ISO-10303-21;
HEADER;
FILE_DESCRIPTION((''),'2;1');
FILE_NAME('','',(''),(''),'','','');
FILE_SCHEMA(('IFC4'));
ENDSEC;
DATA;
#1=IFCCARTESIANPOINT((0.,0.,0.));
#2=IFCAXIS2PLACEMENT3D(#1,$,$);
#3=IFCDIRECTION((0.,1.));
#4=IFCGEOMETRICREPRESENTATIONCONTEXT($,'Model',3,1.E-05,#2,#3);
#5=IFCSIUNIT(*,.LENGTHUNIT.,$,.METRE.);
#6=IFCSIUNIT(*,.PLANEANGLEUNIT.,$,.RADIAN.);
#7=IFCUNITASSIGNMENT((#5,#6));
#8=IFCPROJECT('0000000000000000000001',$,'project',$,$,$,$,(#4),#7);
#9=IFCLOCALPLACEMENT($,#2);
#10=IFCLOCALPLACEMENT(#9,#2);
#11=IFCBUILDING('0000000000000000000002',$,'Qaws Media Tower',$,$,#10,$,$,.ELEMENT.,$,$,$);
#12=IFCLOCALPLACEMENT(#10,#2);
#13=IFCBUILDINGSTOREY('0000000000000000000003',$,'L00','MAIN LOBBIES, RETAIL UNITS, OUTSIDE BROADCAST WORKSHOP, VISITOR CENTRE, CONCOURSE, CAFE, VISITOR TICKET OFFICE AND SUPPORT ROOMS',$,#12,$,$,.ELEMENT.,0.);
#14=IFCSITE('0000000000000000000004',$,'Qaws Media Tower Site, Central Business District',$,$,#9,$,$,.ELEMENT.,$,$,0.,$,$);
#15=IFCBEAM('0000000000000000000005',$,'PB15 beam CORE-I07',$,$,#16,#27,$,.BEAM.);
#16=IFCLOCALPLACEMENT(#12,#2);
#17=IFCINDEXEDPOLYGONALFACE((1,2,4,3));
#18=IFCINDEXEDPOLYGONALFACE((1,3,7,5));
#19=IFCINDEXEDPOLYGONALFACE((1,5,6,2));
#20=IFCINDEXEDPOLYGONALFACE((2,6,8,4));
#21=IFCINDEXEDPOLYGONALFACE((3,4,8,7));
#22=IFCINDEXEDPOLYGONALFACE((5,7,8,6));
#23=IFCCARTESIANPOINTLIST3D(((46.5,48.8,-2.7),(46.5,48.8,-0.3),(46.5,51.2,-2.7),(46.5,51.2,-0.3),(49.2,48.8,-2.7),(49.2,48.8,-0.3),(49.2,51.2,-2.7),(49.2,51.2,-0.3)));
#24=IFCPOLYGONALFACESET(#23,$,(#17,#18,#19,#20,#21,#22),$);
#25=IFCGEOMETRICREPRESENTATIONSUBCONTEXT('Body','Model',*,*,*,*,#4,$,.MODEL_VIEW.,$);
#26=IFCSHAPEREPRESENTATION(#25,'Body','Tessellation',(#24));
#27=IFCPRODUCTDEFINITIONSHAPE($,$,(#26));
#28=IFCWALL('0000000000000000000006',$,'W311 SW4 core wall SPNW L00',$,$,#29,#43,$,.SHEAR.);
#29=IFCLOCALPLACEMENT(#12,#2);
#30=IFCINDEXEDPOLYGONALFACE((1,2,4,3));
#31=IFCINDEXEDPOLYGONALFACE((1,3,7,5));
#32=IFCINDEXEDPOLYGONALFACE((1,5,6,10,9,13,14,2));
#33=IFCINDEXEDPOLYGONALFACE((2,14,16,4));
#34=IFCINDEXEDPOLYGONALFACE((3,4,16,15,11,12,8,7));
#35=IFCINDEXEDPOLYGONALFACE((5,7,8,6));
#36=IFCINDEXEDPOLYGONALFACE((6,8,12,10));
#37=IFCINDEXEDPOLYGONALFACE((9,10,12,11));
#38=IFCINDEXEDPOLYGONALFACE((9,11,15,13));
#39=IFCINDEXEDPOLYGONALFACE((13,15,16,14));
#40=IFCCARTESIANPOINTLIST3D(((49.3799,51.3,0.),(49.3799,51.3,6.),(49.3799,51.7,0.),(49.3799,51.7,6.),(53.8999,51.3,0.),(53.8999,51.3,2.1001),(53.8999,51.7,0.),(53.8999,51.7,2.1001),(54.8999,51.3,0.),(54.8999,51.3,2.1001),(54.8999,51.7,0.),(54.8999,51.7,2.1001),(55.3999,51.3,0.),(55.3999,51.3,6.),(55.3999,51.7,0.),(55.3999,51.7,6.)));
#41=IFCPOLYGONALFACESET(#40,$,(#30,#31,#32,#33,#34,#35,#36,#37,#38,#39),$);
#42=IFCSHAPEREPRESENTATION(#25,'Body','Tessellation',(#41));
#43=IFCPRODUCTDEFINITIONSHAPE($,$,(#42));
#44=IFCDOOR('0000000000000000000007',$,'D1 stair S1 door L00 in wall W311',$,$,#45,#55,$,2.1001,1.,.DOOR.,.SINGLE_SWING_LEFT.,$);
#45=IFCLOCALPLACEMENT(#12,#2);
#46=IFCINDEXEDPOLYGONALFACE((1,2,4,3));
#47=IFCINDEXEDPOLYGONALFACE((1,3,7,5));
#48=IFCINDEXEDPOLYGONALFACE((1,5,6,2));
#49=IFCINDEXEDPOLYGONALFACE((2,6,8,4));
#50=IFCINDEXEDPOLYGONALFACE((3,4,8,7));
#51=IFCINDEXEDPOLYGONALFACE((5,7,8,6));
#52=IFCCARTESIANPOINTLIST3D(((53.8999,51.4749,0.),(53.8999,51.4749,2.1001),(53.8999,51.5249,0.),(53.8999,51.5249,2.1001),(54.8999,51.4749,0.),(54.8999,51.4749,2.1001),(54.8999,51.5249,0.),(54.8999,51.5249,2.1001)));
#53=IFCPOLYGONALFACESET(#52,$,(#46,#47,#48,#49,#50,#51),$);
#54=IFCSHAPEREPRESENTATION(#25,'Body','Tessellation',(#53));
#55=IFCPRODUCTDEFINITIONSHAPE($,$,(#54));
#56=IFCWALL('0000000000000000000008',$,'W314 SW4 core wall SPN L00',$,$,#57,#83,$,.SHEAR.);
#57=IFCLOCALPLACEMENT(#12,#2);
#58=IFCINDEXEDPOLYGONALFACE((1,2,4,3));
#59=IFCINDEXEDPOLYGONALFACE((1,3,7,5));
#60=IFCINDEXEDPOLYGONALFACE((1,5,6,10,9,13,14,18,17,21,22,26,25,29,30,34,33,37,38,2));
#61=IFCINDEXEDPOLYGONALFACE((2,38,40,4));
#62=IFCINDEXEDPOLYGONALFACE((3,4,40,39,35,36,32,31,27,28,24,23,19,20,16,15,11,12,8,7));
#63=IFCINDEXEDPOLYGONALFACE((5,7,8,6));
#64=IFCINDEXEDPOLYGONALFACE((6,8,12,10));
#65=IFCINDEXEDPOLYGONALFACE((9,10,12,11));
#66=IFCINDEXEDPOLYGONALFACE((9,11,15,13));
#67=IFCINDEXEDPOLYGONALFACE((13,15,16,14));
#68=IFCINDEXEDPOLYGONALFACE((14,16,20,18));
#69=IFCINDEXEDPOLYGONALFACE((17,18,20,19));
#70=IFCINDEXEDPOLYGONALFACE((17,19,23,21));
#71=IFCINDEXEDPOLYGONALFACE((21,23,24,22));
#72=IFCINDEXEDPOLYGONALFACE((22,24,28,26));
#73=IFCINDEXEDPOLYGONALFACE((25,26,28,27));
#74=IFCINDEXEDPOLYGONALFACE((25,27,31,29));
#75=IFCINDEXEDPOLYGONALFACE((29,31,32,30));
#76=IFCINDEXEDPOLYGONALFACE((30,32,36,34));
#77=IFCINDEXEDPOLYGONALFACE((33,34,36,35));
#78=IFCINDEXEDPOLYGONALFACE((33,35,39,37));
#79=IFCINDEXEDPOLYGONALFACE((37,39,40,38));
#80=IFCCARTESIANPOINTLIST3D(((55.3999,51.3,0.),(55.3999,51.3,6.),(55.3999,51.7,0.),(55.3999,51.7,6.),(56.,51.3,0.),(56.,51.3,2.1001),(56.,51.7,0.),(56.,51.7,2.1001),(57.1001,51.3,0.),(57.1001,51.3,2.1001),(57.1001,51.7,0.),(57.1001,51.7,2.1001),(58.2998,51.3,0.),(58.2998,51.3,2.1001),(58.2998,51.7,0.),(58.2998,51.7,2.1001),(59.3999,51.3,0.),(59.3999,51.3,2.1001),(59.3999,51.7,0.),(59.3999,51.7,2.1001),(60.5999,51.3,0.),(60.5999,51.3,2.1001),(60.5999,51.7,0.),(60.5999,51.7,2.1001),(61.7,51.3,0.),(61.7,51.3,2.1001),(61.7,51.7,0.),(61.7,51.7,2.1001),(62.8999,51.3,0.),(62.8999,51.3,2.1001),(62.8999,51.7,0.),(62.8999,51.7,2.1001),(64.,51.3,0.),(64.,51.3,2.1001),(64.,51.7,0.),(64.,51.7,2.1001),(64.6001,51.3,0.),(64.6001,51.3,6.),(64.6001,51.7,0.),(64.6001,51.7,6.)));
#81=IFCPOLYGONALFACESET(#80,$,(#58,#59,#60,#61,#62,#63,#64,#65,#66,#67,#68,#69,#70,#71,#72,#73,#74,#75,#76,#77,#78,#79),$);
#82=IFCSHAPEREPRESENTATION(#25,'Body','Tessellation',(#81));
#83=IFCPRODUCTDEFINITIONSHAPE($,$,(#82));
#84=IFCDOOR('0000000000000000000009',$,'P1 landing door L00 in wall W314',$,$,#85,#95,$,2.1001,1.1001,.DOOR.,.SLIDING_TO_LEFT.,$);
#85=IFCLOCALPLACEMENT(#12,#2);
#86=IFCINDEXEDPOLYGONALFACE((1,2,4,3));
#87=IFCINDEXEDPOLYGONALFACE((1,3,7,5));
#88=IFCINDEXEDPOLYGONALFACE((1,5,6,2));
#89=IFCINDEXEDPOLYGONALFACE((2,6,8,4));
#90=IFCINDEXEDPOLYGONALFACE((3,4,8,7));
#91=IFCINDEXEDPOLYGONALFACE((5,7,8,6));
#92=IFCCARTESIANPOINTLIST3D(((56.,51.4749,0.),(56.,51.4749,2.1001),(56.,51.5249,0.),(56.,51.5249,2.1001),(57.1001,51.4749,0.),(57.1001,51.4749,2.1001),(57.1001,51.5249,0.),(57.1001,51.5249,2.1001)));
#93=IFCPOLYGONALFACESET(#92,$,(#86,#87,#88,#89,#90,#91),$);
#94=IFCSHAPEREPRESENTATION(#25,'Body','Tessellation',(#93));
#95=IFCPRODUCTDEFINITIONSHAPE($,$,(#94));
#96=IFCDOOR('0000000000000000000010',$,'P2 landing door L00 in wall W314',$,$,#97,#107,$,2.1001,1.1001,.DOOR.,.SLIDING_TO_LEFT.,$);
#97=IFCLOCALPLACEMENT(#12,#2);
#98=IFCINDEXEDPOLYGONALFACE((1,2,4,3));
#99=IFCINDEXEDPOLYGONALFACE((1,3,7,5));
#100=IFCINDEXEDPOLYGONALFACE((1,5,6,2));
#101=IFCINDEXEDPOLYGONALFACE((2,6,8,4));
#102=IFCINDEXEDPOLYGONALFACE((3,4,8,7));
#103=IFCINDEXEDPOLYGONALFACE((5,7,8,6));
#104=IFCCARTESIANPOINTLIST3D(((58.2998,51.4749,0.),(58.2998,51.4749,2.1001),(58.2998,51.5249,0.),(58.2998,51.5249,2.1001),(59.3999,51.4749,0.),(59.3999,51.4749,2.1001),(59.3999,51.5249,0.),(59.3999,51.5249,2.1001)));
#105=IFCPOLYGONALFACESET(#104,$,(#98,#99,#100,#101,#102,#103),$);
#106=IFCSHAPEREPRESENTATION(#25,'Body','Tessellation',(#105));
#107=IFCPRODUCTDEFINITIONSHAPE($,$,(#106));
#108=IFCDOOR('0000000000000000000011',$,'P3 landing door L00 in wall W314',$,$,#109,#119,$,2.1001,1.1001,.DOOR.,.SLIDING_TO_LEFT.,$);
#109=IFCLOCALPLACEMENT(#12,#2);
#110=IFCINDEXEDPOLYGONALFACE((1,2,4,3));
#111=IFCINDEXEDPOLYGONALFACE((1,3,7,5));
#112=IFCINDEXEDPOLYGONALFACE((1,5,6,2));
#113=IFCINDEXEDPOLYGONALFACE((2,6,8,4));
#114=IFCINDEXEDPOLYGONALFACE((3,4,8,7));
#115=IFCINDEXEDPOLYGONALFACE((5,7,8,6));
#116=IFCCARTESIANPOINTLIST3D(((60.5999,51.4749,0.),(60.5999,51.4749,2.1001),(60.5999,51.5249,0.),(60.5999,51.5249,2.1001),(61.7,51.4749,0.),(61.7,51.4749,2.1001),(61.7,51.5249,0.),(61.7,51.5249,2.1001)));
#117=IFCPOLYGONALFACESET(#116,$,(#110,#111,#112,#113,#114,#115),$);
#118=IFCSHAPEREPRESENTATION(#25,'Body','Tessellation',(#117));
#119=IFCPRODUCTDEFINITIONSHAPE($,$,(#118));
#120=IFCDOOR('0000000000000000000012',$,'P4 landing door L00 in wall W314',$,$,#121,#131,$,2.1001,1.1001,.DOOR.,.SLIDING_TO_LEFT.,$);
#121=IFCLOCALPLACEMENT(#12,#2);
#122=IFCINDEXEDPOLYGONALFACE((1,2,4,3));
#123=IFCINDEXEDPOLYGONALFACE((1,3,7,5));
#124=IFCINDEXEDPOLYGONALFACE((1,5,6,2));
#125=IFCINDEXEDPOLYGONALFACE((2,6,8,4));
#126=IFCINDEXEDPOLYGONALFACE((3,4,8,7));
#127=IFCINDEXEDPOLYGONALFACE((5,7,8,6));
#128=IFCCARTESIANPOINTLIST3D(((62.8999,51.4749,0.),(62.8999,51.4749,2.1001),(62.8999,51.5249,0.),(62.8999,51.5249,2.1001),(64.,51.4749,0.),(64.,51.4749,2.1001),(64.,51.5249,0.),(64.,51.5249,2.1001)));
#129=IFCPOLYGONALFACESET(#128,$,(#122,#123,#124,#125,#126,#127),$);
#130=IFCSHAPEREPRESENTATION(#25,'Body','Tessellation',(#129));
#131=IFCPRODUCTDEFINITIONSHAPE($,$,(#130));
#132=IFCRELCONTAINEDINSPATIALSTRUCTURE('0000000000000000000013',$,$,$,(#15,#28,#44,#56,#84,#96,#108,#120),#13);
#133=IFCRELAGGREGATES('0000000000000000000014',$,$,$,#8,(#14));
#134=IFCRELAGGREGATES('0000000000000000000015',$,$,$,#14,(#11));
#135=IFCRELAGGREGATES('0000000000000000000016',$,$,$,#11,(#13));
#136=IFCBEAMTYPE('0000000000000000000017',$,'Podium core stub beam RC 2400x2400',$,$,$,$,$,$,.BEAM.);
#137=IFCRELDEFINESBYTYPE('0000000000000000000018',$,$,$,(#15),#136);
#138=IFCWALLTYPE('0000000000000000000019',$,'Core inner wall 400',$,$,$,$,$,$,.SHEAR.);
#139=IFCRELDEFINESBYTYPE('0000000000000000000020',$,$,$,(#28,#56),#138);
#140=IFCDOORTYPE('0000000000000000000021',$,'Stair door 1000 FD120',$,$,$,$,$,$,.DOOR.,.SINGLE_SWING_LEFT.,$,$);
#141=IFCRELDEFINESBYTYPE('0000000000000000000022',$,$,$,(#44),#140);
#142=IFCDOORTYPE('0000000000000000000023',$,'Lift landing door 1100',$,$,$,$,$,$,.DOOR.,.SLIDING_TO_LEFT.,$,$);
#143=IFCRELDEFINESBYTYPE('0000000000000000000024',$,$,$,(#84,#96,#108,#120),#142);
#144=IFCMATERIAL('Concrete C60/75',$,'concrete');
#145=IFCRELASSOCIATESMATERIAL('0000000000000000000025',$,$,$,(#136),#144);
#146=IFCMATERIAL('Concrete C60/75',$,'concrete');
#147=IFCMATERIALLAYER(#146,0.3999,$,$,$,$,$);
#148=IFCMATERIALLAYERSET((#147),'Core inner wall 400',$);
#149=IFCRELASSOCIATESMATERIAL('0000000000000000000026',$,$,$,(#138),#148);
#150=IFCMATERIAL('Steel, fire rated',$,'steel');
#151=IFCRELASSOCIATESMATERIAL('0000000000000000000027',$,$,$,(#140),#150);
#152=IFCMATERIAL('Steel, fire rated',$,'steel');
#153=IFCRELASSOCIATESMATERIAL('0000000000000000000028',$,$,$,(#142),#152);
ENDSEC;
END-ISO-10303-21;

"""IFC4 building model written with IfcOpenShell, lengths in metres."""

from ifc_helpers import new_model, si_unit, direction, frame, frame_2d, origin, origin_2d, place, context, subcontext, project, spatial, rectangle, extrude, material, layer, layer_set, material_profile, profile_set, type_object, element, fill, save


model = new_model("IFC4")

# Units and contexts
model_context = context("Model", 3, precision=1e-05, world=origin(), true_north=direction((0.0, 1.0)))
body_context = subcontext(model_context, "Body", "Model", "MODEL_VIEW")
ifc_project = project(units=[si_unit("LENGTHUNIT", "METRE"), si_unit("PLANEANGLEUNIT", "RADIAN")], contexts=[model_context])

# Site, building, storey
site_placement = place(None, origin())
site = spatial("IfcSite", under=ifc_project, at=site_placement, Name="Qaws Media Tower Site, Central Business District", CompositionType="ELEMENT", RefElevation=0.0)
building_placement = place(site_placement, origin())
building = spatial("IfcBuilding", under=site, at=building_placement, Name="Qaws Media Tower", CompositionType="ELEMENT")
storey_placement = place(building_placement, origin())
storey = spatial("IfcBuildingStorey", under=building, at=storey_placement, Name="L00", Description="MAIN LOBBIES, RETAIL UNITS, OUTSIDE BROADCAST WORKSHOP, VISITOR CENTRE, CONCOURSE, CAFE, VISITOR TICKET OFFICE AND SUPPORT ROOMS", CompositionType="ELEMENT", Elevation=0.0)

# Beam
ifc_material_1 = material(Name="Concrete C60/75", Category="concrete")
ifc_material_profile = material_profile(ifc_material_1, rectangle(XDim=2.3999, YDim=2.3999, at=origin_2d()), Name="RC 2400x2400")
ifc_profile_set = profile_set([ifc_material_profile], Name="Concrete C60/75")
beam_type = type_object("IfcBeamType", Name="Podium core stub beam RC 2400x2400", PredefinedType="BEAM", material=ifc_profile_set)
beam_placement = place(storey_placement, frame((49.2, 50.0, -1.5), z_axis=(-1.0, 0.0, 0.0), x_axis=(0.0, -1.0, 0.0)))
element("IfcBeam", 1, at=beam_placement, inside=storey, type_object=beam_type, Name="PB15 beam CORE-I07", PredefinedType="BEAM", context=body_context, shape_type="SweptSolid", body=[
    extrude(rectangle(XDim=2.3999, YDim=2.3999, at=origin_2d()), origin(), (0.0, 0.0, 1.0), 2.7),
])

# Wall, opening, door
ifc_material_2 = material(Name="Concrete C60/75", Category="concrete")
ifc_layer_1 = layer(ifc_material_2, 0.3999)
ifc_layer_set_1 = layer_set([ifc_layer_1], Name="Core inner wall 400")
wall_type_1 = type_object("IfcWallType", Name="Core inner wall 400", PredefinedType="SHEAR", material=ifc_layer_set_1)
wall_1_placement = place(storey_placement, frame((49.3799, 51.5, 0.0), z_axis=(0.0, 0.0, 1.0), x_axis=(1.0, 0.0, 0.0)))
wall_1 = element("IfcWall", 2, at=wall_1_placement, inside=storey, type_object=wall_type_1, Name="W311 SW4 core wall SPNW L00", PredefinedType="SHEAR", context=body_context, shape_type="SweptSolid", body=[
    extrude(rectangle(XDim=6.02, YDim=0.3999, at=frame_2d((3.01, 0.0))), origin(), (0.0, 0.0, 1.0), 6.0),
])
opening_1_placement = place(wall_1_placement, frame((4.52, 0.0, 0.0)))
opening_1 = element("IfcOpeningElement", 3, at=opening_1_placement, cuts=wall_1, PredefinedType="OPENING", context=body_context, shape_type="SweptSolid", body=[
    extrude(rectangle(XDim=1.0, YDim=2.1001, at=frame_2d((0.5, 1.05))), frame((0.0, 0.21, 0.0), z_axis=(0.0, -1.0, 0.0), x_axis=(1.0, 0.0, 0.0)), (0.0, 0.0, 1.0), 0.4199),
])
ifc_material_3 = material(Name="Steel, fire rated", Category="steel")
door_type_1 = type_object("IfcDoorType", Name="Stair door 1000 FD120", OperationType="SINGLE_SWING_LEFT", PredefinedType="DOOR", material=ifc_material_3)
door_1_placement = place(opening_1_placement, origin())
door_1 = element("IfcDoor", 4, at=door_1_placement, inside=storey, type_object=door_type_1, Name="D1 stair S1 door L00 in wall W311", OperationType="SINGLE_SWING_LEFT", OverallHeight=2.1001, OverallWidth=1.0, PredefinedType="DOOR", context=body_context, shape_type="SweptSolid", body=[
    extrude(rectangle(XDim=1.0, YDim=2.1001, at=frame_2d((0.5, 1.05))), frame((0.0, 0.0249, 0.0), z_axis=(0.0, -1.0, 0.0), x_axis=(1.0, 0.0, 0.0)), (0.0, 0.0, 1.0), 0.05),
])
fill(opening_1, door_1)

# Wall, openings, doors
wall_2_placement = place(storey_placement, frame((55.3999, 51.5, 0.0), z_axis=(0.0, 0.0, 1.0), x_axis=(1.0, 0.0, 0.0)))
wall_2 = element("IfcWall", 5, at=wall_2_placement, inside=storey, type_object=wall_type_1, Name="W314 SW4 core wall SPN L00", PredefinedType="SHEAR", context=body_context, shape_type="SweptSolid", body=[
    extrude(rectangle(XDim=9.2002, YDim=0.3999, at=frame_2d((4.6001, 0.0))), origin(), (0.0, 0.0, 1.0), 6.0),
])
opening_2_placement = place(wall_2_placement, frame((0.6001, 0.0, 0.0)))
opening_2 = element("IfcOpeningElement", 6, at=opening_2_placement, cuts=wall_2, PredefinedType="OPENING", context=body_context, shape_type="SweptSolid", body=[
    extrude(rectangle(XDim=1.1001, YDim=2.1001, at=frame_2d((0.55, 1.05))), frame((0.0, 0.21, 0.0), z_axis=(0.0, -1.0, 0.0), x_axis=(1.0, 0.0, 0.0)), (0.0, 0.0, 1.0), 0.4199),
])
opening_3_placement = place(wall_2_placement, frame((2.8999, 0.0, 0.0)))
opening_3 = element("IfcOpeningElement", 7, at=opening_3_placement, cuts=wall_2, PredefinedType="OPENING", context=body_context, shape_type="SweptSolid", body=[
    extrude(rectangle(XDim=1.1001, YDim=2.1001, at=frame_2d((0.55, 1.05))), frame((0.0, 0.21, 0.0), z_axis=(0.0, -1.0, 0.0), x_axis=(1.0, 0.0, 0.0)), (0.0, 0.0, 1.0), 0.4199),
])
opening_4_placement = place(wall_2_placement, frame((5.2, 0.0, 0.0)))
opening_4 = element("IfcOpeningElement", 8, at=opening_4_placement, cuts=wall_2, PredefinedType="OPENING", context=body_context, shape_type="SweptSolid", body=[
    extrude(rectangle(XDim=1.1001, YDim=2.1001, at=frame_2d((0.55, 1.05))), frame((0.0, 0.21, 0.0), z_axis=(0.0, -1.0, 0.0), x_axis=(1.0, 0.0, 0.0)), (0.0, 0.0, 1.0), 0.4199),
])
opening_5_placement = place(wall_2_placement, frame((7.5, 0.0, 0.0)))
opening_5 = element("IfcOpeningElement", 9, at=opening_5_placement, cuts=wall_2, PredefinedType="OPENING", context=body_context, shape_type="SweptSolid", body=[
    extrude(rectangle(XDim=1.1001, YDim=2.1001, at=frame_2d((0.55, 1.05))), frame((0.0, 0.21, 0.0), z_axis=(0.0, -1.0, 0.0), x_axis=(1.0, 0.0, 0.0)), (0.0, 0.0, 1.0), 0.4199),
])
ifc_material_4 = material(Name="Steel, fire rated", Category="steel")
door_type_2 = type_object("IfcDoorType", Name="Lift landing door 1100", OperationType="SLIDING_TO_LEFT", PredefinedType="DOOR", material=ifc_material_4)
door_2_placement = place(opening_2_placement, origin())
door_2 = element("IfcDoor", 10, at=door_2_placement, inside=storey, type_object=door_type_2, Name="P1 landing door L00 in wall W314", OperationType="SLIDING_TO_LEFT", OverallHeight=2.1001, OverallWidth=1.1001, PredefinedType="DOOR", context=body_context, shape_type="SweptSolid", body=[
    extrude(rectangle(XDim=1.1001, YDim=2.1001, at=frame_2d((0.55, 1.05))), frame((0.0, 0.0249, 0.0), z_axis=(0.0, -1.0, 0.0), x_axis=(1.0, 0.0, 0.0)), (0.0, 0.0, 1.0), 0.05),
])
fill(opening_2, door_2)
door_3_placement = place(opening_3_placement, origin())
door_3 = element("IfcDoor", 11, at=door_3_placement, inside=storey, type_object=door_type_2, Name="P2 landing door L00 in wall W314", OperationType="SLIDING_TO_LEFT", OverallHeight=2.1001, OverallWidth=1.1001, PredefinedType="DOOR", context=body_context, shape_type="SweptSolid", body=[
    extrude(rectangle(XDim=1.1001, YDim=2.1001, at=frame_2d((0.55, 1.05))), frame((0.0, 0.0249, 0.0), z_axis=(0.0, -1.0, 0.0), x_axis=(1.0, 0.0, 0.0)), (0.0, 0.0, 1.0), 0.05),
])
fill(opening_3, door_3)
door_4_placement = place(opening_4_placement, origin())
door_4 = element("IfcDoor", 12, at=door_4_placement, inside=storey, type_object=door_type_2, Name="P3 landing door L00 in wall W314", OperationType="SLIDING_TO_LEFT", OverallHeight=2.1001, OverallWidth=1.1001, PredefinedType="DOOR", context=body_context, shape_type="SweptSolid", body=[
    extrude(rectangle(XDim=1.1001, YDim=2.1001, at=frame_2d((0.55, 1.05))), frame((0.0, 0.0249, 0.0), z_axis=(0.0, -1.0, 0.0), x_axis=(1.0, 0.0, 0.0)), (0.0, 0.0, 1.0), 0.05),
])
fill(opening_4, door_4)
door_5_placement = place(opening_5_placement, origin())
door_5 = element("IfcDoor", 13, at=door_5_placement, inside=storey, type_object=door_type_2, Name="P4 landing door L00 in wall W314", OperationType="SLIDING_TO_LEFT", OverallHeight=2.1001, OverallWidth=1.1001, PredefinedType="DOOR", context=body_context, shape_type="SweptSolid", body=[
    extrude(rectangle(XDim=1.1001, YDim=2.1001, at=frame_2d((0.55, 1.05))), frame((0.0, 0.0249, 0.0), z_axis=(0.0, -1.0, 0.0), x_axis=(1.0, 0.0, 0.0)), (0.0, 0.0, 1.0), 0.05),
])
fill(opening_5, door_5)

save(model, "model.ifc")
